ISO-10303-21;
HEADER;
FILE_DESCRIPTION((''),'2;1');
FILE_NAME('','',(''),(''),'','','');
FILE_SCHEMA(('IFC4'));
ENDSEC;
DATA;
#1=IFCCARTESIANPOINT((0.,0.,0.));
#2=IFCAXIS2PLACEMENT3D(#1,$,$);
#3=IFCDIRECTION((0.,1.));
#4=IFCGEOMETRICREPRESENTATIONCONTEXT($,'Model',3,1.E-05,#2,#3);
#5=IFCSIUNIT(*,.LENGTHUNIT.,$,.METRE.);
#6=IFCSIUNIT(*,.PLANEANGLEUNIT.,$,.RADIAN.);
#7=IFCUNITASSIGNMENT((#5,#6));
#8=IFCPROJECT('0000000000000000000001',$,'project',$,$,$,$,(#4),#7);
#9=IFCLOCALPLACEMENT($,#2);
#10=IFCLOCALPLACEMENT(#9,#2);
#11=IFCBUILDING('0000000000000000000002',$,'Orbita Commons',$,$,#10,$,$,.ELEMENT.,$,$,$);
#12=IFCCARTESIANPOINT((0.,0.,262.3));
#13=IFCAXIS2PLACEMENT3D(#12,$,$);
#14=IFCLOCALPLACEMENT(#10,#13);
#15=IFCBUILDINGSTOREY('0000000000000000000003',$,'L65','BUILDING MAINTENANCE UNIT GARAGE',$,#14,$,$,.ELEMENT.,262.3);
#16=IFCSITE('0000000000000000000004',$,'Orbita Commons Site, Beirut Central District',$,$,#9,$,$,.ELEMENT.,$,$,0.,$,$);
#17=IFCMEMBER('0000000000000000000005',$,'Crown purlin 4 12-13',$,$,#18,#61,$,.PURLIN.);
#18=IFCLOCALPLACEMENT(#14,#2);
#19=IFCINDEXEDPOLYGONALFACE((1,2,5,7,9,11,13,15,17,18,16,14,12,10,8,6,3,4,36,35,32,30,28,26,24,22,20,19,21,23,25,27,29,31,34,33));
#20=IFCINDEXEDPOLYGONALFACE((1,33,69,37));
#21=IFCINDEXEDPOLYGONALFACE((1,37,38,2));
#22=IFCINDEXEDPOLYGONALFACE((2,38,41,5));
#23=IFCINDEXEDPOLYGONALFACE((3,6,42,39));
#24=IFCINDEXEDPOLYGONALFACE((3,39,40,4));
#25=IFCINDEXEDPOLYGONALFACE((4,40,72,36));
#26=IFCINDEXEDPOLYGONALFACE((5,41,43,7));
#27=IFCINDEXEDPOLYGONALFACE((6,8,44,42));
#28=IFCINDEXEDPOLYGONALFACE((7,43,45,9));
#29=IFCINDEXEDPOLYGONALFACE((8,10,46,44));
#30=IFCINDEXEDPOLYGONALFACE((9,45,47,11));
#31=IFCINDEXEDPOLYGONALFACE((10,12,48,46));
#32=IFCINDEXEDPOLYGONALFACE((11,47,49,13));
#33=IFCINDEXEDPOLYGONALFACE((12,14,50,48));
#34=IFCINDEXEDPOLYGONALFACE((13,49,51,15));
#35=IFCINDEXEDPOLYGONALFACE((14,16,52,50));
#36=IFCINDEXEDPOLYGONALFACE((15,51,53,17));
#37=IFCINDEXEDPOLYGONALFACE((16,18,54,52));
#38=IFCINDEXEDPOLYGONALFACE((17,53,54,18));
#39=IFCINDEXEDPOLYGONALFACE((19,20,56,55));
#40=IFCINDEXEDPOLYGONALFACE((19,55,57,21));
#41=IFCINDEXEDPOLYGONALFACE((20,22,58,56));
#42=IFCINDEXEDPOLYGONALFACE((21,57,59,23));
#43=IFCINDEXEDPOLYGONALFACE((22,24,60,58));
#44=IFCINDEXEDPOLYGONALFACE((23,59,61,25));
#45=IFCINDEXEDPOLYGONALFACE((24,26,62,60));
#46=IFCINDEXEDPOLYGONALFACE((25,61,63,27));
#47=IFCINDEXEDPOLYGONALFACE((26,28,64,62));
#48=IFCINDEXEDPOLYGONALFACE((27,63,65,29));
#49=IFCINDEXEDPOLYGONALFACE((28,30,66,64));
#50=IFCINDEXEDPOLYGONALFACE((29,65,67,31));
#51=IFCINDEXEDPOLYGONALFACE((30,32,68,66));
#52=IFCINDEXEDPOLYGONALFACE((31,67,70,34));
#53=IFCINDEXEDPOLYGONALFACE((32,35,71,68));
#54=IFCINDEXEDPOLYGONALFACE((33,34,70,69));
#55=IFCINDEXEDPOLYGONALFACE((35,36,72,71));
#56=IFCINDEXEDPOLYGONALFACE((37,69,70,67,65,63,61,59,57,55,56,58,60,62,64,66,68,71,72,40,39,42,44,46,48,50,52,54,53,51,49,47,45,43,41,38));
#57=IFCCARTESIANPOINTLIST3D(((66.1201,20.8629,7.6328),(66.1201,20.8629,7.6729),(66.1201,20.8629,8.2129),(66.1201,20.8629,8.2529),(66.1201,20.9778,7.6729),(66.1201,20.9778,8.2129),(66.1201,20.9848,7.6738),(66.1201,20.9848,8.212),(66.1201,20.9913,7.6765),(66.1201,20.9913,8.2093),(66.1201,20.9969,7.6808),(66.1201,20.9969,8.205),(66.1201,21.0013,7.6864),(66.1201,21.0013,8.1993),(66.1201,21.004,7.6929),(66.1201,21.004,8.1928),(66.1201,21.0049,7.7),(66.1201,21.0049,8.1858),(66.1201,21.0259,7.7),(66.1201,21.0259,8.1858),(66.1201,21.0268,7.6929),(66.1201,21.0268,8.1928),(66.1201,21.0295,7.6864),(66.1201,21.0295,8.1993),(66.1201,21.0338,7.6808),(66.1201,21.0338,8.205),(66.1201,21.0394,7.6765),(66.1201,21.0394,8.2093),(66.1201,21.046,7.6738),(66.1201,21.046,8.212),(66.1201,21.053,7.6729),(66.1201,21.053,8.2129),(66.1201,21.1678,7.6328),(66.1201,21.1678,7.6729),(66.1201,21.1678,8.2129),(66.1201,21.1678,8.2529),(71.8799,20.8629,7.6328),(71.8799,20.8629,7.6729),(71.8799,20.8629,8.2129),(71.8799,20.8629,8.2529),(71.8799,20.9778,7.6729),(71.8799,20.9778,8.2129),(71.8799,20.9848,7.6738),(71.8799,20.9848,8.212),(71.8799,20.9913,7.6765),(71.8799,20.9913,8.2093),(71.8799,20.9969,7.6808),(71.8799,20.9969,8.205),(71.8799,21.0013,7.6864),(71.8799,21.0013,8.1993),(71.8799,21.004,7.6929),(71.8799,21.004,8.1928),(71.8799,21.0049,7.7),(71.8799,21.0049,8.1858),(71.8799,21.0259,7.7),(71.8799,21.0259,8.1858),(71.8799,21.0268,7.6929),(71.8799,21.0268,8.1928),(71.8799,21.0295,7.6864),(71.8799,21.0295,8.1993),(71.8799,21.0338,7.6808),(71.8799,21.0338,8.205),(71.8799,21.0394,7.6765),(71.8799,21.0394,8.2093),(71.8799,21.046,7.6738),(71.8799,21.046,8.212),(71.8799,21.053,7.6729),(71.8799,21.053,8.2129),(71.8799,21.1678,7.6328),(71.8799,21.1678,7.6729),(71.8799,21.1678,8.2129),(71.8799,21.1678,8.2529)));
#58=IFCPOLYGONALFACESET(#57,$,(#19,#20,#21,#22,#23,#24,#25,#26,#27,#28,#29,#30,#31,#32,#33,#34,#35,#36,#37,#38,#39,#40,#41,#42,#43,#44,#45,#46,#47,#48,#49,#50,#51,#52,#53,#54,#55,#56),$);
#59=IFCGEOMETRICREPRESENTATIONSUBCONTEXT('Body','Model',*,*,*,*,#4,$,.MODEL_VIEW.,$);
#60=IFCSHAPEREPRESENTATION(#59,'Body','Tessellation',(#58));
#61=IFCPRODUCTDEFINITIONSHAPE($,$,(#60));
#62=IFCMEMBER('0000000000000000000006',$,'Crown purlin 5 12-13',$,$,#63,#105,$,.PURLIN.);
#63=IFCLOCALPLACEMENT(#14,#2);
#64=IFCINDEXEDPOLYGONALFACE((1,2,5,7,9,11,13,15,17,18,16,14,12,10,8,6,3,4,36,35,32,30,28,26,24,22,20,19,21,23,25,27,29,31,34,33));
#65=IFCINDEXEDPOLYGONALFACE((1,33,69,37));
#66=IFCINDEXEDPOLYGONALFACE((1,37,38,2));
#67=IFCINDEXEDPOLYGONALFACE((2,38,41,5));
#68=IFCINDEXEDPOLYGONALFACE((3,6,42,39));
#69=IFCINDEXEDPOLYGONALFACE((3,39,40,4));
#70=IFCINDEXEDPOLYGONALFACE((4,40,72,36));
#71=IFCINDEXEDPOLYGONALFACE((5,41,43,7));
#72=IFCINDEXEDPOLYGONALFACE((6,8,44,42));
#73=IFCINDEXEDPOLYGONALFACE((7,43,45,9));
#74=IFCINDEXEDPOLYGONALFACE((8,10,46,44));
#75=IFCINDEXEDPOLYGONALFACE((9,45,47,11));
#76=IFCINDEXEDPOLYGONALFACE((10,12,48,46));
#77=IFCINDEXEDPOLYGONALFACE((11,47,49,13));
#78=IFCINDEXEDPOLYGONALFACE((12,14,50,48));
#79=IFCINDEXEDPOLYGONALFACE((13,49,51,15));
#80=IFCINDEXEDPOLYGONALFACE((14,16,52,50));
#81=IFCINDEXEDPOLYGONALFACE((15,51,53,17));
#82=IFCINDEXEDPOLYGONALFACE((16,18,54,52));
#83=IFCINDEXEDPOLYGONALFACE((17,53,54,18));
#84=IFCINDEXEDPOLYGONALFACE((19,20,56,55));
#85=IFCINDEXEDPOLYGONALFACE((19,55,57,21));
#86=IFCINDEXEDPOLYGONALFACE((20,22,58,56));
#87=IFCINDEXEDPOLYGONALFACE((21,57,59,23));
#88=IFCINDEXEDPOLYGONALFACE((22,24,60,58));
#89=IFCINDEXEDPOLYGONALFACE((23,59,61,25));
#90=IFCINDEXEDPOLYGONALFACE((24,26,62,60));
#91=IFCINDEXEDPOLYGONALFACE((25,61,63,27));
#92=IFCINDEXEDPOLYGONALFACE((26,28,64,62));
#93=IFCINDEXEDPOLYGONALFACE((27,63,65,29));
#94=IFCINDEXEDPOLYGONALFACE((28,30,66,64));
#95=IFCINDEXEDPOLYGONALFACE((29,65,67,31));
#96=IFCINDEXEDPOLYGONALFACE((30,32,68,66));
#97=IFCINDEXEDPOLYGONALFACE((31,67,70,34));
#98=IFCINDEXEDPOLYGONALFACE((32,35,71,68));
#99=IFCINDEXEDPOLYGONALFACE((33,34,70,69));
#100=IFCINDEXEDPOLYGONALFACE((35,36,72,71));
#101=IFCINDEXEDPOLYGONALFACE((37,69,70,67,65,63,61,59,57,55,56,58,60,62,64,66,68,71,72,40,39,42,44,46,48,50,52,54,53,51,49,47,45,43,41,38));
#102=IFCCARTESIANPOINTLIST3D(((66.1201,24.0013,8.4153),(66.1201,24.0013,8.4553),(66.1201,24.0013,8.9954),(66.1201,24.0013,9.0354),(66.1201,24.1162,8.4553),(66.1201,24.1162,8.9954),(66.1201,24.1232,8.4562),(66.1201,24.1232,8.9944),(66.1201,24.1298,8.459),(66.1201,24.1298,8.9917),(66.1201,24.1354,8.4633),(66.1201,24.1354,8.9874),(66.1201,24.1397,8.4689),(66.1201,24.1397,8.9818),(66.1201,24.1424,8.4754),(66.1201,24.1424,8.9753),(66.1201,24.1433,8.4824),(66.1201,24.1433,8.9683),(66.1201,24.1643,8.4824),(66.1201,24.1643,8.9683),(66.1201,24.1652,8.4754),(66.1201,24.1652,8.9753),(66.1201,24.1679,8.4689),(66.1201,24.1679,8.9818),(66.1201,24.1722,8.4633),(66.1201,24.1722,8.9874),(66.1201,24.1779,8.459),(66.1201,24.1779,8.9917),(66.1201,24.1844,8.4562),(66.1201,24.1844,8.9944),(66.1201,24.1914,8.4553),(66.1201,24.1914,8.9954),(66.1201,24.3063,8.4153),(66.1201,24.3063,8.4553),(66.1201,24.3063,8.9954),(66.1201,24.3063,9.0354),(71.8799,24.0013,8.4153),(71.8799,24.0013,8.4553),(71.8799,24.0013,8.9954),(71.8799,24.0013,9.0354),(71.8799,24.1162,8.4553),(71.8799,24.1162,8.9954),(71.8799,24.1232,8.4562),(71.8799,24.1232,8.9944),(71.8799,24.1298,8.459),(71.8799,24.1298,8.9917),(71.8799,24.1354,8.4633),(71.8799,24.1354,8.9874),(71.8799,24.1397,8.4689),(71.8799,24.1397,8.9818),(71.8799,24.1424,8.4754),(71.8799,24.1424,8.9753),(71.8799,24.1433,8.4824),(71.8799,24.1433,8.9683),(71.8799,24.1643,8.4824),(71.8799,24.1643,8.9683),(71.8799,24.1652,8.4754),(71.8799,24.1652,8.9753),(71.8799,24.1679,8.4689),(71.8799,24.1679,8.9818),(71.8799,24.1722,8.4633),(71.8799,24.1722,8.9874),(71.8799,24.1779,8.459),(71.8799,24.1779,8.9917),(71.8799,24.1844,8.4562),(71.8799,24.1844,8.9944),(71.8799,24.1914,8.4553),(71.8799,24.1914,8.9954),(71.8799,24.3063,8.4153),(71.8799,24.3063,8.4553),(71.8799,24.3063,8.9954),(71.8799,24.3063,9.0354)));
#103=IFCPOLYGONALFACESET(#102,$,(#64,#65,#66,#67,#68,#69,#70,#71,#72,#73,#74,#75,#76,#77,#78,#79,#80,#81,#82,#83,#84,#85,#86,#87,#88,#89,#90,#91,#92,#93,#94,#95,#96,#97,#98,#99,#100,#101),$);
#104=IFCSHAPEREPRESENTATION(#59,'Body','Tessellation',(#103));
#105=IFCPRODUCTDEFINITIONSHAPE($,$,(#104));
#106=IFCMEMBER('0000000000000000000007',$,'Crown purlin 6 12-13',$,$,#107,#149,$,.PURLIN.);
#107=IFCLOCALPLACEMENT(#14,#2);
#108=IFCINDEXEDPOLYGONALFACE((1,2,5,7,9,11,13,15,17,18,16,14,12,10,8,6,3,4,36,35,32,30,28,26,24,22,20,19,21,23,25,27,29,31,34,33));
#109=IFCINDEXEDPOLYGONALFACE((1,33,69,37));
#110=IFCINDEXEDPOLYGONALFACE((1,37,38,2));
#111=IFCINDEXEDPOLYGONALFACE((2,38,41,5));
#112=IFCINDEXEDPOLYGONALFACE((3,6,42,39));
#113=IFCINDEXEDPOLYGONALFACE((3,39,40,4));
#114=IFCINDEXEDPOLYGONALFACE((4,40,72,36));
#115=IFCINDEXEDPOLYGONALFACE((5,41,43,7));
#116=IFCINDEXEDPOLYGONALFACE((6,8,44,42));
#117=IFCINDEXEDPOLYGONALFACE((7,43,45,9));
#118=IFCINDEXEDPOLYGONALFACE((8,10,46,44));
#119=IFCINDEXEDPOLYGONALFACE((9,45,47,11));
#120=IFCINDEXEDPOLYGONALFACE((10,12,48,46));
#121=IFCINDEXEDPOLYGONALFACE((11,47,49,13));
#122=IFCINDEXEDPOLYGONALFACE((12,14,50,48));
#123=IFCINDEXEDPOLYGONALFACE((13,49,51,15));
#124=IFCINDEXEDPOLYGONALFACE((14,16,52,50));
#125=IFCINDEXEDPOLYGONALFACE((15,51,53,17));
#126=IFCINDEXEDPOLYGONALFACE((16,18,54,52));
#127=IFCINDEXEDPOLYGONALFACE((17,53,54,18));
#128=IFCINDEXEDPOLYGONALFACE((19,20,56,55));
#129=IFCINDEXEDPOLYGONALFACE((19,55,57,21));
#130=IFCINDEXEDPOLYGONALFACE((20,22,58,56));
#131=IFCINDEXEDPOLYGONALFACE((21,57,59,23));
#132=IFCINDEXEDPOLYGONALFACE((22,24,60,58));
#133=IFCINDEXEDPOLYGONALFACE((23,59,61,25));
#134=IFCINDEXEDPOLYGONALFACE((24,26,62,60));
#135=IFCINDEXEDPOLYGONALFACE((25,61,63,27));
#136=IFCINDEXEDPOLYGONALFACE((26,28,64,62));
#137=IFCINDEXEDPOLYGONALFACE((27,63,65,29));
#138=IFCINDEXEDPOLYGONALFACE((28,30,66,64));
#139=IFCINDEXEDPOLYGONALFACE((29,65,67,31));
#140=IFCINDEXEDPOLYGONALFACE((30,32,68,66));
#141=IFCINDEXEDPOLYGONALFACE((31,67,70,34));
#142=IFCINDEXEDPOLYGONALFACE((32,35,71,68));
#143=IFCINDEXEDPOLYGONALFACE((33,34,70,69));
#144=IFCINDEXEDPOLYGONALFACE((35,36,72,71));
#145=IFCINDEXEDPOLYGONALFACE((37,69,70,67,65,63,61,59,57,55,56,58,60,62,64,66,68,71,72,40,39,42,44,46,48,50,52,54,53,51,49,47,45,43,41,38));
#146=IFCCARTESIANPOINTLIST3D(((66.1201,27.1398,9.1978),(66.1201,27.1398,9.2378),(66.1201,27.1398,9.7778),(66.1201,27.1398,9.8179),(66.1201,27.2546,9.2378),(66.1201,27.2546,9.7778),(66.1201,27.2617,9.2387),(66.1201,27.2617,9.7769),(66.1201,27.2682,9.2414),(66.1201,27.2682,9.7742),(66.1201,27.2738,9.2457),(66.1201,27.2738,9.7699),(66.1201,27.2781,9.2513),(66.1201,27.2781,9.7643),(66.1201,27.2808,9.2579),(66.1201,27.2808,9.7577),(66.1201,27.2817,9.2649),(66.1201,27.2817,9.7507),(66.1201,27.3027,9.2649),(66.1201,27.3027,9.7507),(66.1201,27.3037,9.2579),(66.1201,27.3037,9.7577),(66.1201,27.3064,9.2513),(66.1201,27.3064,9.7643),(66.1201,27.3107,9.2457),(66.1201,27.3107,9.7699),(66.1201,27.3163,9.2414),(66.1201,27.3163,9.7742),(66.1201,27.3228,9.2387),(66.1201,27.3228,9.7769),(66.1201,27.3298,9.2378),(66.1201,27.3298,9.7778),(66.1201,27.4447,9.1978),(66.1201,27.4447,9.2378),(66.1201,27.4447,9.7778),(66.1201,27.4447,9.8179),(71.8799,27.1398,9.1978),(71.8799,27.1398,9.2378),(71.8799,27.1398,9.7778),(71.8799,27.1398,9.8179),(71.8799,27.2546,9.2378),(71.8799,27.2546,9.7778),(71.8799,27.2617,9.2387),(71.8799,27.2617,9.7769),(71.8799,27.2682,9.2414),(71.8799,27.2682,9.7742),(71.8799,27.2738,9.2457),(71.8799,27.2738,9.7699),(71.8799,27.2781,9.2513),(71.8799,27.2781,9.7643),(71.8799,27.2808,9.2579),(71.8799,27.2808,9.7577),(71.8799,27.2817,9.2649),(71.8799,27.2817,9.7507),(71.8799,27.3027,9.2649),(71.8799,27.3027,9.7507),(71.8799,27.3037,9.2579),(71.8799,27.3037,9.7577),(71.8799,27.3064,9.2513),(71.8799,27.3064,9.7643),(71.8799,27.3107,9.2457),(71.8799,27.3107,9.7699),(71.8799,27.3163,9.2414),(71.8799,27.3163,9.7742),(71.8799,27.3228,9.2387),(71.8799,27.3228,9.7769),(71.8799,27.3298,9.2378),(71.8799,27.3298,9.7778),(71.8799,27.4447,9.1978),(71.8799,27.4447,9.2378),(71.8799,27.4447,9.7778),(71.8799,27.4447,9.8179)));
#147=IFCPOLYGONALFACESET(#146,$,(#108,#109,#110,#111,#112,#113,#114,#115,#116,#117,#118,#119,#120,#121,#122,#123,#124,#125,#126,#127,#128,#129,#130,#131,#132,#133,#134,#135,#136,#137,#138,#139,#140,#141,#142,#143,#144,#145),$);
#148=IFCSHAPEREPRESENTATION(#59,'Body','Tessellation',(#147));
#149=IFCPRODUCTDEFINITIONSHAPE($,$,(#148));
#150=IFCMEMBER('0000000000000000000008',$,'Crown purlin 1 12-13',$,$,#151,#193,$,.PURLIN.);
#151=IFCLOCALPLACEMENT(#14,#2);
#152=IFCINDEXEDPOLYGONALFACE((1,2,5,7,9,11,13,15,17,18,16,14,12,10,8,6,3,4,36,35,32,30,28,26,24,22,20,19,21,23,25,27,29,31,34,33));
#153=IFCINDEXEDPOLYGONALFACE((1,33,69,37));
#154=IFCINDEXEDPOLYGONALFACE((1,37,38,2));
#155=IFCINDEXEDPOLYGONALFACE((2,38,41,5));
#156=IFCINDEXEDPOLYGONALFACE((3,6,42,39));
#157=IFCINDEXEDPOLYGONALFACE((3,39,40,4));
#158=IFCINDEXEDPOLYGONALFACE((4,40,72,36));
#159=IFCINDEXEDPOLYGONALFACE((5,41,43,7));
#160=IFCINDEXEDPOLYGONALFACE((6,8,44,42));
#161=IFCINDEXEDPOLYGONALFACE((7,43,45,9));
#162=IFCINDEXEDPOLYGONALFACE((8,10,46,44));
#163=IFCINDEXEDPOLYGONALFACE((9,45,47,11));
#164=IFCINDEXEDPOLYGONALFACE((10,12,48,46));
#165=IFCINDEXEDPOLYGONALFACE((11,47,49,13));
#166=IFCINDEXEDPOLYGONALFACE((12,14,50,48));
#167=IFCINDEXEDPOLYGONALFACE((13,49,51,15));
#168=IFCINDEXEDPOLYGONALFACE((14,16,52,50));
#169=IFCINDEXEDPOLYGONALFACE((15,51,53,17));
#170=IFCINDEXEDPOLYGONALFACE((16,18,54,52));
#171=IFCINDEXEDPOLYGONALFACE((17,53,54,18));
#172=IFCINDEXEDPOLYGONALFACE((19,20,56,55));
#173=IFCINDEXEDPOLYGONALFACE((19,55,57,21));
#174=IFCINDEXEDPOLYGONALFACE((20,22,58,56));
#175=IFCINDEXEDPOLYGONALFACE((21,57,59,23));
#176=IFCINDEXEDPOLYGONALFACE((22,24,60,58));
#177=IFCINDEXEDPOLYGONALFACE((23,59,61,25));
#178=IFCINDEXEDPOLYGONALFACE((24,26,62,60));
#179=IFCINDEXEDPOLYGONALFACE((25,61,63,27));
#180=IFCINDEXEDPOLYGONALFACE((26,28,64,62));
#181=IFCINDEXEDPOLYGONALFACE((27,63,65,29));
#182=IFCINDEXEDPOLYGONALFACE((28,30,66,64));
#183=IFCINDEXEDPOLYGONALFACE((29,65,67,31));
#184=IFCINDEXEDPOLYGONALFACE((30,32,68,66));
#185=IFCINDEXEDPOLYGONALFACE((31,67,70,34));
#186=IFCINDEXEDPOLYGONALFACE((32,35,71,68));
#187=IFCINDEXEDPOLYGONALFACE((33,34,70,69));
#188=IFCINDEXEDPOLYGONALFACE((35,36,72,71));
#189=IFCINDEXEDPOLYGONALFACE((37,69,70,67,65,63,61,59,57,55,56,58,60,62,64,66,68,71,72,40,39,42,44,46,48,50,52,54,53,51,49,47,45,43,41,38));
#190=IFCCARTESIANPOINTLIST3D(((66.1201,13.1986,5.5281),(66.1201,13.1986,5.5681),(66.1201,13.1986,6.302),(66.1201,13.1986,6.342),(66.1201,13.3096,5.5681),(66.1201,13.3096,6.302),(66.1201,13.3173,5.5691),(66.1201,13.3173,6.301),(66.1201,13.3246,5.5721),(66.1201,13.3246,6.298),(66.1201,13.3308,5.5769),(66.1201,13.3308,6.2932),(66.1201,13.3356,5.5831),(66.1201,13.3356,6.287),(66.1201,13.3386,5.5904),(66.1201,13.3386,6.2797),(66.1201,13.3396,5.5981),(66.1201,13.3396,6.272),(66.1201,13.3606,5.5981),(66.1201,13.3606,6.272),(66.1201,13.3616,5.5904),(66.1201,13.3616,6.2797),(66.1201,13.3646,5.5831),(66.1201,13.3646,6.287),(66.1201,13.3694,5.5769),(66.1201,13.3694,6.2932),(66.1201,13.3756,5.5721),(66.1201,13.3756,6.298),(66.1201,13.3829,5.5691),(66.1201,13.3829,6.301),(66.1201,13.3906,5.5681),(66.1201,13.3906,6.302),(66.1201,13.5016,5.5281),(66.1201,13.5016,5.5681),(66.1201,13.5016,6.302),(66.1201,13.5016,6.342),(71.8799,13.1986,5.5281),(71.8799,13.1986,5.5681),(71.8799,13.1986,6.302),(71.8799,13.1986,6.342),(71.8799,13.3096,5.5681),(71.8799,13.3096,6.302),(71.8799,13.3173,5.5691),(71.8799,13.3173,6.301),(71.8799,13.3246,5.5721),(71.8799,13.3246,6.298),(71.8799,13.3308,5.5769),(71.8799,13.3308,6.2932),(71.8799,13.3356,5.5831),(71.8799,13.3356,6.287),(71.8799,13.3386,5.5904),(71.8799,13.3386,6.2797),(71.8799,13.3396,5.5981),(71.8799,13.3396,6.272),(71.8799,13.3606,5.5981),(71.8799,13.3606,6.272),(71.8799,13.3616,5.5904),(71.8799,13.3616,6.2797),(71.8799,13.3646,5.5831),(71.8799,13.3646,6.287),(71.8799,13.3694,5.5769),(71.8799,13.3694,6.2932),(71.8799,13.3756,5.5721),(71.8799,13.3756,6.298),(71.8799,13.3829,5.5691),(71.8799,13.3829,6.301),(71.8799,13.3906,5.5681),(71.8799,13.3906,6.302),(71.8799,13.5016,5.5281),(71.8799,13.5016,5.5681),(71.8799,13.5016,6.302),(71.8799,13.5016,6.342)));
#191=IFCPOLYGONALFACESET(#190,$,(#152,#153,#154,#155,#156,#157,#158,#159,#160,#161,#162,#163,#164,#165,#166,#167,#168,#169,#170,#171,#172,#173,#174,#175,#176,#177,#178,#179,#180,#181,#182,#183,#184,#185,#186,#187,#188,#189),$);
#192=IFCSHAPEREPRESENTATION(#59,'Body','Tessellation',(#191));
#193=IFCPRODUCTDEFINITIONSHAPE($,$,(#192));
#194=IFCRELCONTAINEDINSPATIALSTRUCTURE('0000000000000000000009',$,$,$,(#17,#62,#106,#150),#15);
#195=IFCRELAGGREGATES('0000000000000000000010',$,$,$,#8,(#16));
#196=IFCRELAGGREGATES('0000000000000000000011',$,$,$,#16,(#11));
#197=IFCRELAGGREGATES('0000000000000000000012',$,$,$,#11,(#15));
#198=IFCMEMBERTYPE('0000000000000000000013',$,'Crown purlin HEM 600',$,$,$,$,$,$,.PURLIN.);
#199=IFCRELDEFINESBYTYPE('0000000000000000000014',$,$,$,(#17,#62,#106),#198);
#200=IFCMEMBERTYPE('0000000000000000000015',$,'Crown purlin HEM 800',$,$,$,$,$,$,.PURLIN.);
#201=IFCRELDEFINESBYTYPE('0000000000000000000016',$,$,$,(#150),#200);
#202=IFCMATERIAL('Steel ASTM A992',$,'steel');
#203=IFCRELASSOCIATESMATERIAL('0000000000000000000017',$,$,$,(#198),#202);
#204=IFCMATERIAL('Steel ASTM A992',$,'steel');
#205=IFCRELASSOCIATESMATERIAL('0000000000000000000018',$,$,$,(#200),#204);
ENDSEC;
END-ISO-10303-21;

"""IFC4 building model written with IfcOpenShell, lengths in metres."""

from ifc_helpers import new_model, si_unit, direction, frame, origin, origin_2d, place, context, subcontext, project, spatial, i_section, extrude, material, material_profile, profile_set, type_object, element, save


model = new_model("IFC4")

# Units and contexts
model_context = context("Model", 3, precision=1e-05, world=origin(), true_north=direction((0.0, 1.0)))
body_context = subcontext(model_context, "Body", "Model", "MODEL_VIEW")
ifc_project = project(units=[si_unit("LENGTHUNIT", "METRE"), si_unit("PLANEANGLEUNIT", "RADIAN")], contexts=[model_context])

# Site, building, storey
site_placement = place(None, origin())
site = spatial("IfcSite", under=ifc_project, at=site_placement, Name="Orbita Commons Site, Beirut Central District", CompositionType="ELEMENT", RefElevation=0.0)
building_placement = place(site_placement, origin())
building = spatial("IfcBuilding", under=site, at=building_placement, Name="Orbita Commons", CompositionType="ELEMENT")
storey_placement = place(building_placement, frame((0.0, 0.0, 262.3)))
storey = spatial("IfcBuildingStorey", under=building, at=storey_placement, Name="L65", Description="BUILDING MAINTENANCE UNIT GARAGE", CompositionType="ELEMENT", Elevation=262.3)

# Members
ifc_material_1 = material(Name="Steel ASTM A992", Category="steel")
ifc_material_profile_1 = material_profile(ifc_material_1, i_section(OverallWidth=0.3049, OverallDepth=0.6201, WebThickness=0.021, FlangeThickness=0.04, FilletRadius=0.0271, at=origin_2d()), Name="HEM 600")
ifc_profile_set_1 = profile_set([ifc_material_profile_1], Name="Steel ASTM A992")
member_type_1 = type_object("IfcMemberType", Name="Crown purlin HEM 600", PredefinedType="PURLIN", material=ifc_profile_set_1)
for number, where, z_axis, x_axis, name in (
    (1, (66.1201, 21.0154, 7.9429), (1.0, 0.0, 0.0), (0.0, 1.0, 0.0), "Crown purlin 4 12-13"),
    (2, (66.1201, 24.1538, 8.7253), (1.0, 0.0, 0.0), (0.0, 1.0, 0.0), "Crown purlin 5 12-13"),
    (3, (66.1201, 27.2922, 9.5078), (1.0, 0.0, 0.0), (0.0, 1.0, 0.0), "Crown purlin 6 12-13"),
):
    element("IfcMember", number, at=place(storey_placement, frame(where, z_axis=z_axis, x_axis=x_axis)), inside=storey, type_object=member_type_1, Name=name, PredefinedType="PURLIN", context=body_context, shape_type="SweptSolid", body=[
        extrude(i_section(OverallWidth=0.3049, OverallDepth=0.6201, WebThickness=0.021, FlangeThickness=0.04, FilletRadius=0.0271, at=origin_2d()), origin(), (0.0, 0.0, 1.0), 5.7598),
    ])
ifc_material_2 = material(Name="Steel ASTM A992", Category="steel")
ifc_material_profile_2 = material_profile(ifc_material_2, i_section(OverallWidth=0.303, OverallDepth=0.814, WebThickness=0.021, FlangeThickness=0.04, FilletRadius=0.03, at=origin_2d()), Name="HEM 800")
ifc_profile_set_2 = profile_set([ifc_material_profile_2], Name="Steel ASTM A992")
member_type_2 = type_object("IfcMemberType", Name="Crown purlin HEM 800", PredefinedType="PURLIN", material=ifc_profile_set_2)
member_1_placement = place(storey_placement, frame((66.1201, 13.3501, 5.9351), z_axis=(1.0, 0.0, 0.0), x_axis=(0.0, 1.0, 0.0)))
element("IfcMember", 4, at=member_1_placement, inside=storey, type_object=member_type_2, Name="Crown purlin 1 12-13", PredefinedType="PURLIN", context=body_context, shape_type="SweptSolid", body=[
    extrude(i_section(OverallWidth=0.303, OverallDepth=0.814, WebThickness=0.021, FlangeThickness=0.04, FilletRadius=0.03, at=origin_2d()), origin(), (0.0, 0.0, 1.0), 5.7598),
])

save(model, "model.ifc")
